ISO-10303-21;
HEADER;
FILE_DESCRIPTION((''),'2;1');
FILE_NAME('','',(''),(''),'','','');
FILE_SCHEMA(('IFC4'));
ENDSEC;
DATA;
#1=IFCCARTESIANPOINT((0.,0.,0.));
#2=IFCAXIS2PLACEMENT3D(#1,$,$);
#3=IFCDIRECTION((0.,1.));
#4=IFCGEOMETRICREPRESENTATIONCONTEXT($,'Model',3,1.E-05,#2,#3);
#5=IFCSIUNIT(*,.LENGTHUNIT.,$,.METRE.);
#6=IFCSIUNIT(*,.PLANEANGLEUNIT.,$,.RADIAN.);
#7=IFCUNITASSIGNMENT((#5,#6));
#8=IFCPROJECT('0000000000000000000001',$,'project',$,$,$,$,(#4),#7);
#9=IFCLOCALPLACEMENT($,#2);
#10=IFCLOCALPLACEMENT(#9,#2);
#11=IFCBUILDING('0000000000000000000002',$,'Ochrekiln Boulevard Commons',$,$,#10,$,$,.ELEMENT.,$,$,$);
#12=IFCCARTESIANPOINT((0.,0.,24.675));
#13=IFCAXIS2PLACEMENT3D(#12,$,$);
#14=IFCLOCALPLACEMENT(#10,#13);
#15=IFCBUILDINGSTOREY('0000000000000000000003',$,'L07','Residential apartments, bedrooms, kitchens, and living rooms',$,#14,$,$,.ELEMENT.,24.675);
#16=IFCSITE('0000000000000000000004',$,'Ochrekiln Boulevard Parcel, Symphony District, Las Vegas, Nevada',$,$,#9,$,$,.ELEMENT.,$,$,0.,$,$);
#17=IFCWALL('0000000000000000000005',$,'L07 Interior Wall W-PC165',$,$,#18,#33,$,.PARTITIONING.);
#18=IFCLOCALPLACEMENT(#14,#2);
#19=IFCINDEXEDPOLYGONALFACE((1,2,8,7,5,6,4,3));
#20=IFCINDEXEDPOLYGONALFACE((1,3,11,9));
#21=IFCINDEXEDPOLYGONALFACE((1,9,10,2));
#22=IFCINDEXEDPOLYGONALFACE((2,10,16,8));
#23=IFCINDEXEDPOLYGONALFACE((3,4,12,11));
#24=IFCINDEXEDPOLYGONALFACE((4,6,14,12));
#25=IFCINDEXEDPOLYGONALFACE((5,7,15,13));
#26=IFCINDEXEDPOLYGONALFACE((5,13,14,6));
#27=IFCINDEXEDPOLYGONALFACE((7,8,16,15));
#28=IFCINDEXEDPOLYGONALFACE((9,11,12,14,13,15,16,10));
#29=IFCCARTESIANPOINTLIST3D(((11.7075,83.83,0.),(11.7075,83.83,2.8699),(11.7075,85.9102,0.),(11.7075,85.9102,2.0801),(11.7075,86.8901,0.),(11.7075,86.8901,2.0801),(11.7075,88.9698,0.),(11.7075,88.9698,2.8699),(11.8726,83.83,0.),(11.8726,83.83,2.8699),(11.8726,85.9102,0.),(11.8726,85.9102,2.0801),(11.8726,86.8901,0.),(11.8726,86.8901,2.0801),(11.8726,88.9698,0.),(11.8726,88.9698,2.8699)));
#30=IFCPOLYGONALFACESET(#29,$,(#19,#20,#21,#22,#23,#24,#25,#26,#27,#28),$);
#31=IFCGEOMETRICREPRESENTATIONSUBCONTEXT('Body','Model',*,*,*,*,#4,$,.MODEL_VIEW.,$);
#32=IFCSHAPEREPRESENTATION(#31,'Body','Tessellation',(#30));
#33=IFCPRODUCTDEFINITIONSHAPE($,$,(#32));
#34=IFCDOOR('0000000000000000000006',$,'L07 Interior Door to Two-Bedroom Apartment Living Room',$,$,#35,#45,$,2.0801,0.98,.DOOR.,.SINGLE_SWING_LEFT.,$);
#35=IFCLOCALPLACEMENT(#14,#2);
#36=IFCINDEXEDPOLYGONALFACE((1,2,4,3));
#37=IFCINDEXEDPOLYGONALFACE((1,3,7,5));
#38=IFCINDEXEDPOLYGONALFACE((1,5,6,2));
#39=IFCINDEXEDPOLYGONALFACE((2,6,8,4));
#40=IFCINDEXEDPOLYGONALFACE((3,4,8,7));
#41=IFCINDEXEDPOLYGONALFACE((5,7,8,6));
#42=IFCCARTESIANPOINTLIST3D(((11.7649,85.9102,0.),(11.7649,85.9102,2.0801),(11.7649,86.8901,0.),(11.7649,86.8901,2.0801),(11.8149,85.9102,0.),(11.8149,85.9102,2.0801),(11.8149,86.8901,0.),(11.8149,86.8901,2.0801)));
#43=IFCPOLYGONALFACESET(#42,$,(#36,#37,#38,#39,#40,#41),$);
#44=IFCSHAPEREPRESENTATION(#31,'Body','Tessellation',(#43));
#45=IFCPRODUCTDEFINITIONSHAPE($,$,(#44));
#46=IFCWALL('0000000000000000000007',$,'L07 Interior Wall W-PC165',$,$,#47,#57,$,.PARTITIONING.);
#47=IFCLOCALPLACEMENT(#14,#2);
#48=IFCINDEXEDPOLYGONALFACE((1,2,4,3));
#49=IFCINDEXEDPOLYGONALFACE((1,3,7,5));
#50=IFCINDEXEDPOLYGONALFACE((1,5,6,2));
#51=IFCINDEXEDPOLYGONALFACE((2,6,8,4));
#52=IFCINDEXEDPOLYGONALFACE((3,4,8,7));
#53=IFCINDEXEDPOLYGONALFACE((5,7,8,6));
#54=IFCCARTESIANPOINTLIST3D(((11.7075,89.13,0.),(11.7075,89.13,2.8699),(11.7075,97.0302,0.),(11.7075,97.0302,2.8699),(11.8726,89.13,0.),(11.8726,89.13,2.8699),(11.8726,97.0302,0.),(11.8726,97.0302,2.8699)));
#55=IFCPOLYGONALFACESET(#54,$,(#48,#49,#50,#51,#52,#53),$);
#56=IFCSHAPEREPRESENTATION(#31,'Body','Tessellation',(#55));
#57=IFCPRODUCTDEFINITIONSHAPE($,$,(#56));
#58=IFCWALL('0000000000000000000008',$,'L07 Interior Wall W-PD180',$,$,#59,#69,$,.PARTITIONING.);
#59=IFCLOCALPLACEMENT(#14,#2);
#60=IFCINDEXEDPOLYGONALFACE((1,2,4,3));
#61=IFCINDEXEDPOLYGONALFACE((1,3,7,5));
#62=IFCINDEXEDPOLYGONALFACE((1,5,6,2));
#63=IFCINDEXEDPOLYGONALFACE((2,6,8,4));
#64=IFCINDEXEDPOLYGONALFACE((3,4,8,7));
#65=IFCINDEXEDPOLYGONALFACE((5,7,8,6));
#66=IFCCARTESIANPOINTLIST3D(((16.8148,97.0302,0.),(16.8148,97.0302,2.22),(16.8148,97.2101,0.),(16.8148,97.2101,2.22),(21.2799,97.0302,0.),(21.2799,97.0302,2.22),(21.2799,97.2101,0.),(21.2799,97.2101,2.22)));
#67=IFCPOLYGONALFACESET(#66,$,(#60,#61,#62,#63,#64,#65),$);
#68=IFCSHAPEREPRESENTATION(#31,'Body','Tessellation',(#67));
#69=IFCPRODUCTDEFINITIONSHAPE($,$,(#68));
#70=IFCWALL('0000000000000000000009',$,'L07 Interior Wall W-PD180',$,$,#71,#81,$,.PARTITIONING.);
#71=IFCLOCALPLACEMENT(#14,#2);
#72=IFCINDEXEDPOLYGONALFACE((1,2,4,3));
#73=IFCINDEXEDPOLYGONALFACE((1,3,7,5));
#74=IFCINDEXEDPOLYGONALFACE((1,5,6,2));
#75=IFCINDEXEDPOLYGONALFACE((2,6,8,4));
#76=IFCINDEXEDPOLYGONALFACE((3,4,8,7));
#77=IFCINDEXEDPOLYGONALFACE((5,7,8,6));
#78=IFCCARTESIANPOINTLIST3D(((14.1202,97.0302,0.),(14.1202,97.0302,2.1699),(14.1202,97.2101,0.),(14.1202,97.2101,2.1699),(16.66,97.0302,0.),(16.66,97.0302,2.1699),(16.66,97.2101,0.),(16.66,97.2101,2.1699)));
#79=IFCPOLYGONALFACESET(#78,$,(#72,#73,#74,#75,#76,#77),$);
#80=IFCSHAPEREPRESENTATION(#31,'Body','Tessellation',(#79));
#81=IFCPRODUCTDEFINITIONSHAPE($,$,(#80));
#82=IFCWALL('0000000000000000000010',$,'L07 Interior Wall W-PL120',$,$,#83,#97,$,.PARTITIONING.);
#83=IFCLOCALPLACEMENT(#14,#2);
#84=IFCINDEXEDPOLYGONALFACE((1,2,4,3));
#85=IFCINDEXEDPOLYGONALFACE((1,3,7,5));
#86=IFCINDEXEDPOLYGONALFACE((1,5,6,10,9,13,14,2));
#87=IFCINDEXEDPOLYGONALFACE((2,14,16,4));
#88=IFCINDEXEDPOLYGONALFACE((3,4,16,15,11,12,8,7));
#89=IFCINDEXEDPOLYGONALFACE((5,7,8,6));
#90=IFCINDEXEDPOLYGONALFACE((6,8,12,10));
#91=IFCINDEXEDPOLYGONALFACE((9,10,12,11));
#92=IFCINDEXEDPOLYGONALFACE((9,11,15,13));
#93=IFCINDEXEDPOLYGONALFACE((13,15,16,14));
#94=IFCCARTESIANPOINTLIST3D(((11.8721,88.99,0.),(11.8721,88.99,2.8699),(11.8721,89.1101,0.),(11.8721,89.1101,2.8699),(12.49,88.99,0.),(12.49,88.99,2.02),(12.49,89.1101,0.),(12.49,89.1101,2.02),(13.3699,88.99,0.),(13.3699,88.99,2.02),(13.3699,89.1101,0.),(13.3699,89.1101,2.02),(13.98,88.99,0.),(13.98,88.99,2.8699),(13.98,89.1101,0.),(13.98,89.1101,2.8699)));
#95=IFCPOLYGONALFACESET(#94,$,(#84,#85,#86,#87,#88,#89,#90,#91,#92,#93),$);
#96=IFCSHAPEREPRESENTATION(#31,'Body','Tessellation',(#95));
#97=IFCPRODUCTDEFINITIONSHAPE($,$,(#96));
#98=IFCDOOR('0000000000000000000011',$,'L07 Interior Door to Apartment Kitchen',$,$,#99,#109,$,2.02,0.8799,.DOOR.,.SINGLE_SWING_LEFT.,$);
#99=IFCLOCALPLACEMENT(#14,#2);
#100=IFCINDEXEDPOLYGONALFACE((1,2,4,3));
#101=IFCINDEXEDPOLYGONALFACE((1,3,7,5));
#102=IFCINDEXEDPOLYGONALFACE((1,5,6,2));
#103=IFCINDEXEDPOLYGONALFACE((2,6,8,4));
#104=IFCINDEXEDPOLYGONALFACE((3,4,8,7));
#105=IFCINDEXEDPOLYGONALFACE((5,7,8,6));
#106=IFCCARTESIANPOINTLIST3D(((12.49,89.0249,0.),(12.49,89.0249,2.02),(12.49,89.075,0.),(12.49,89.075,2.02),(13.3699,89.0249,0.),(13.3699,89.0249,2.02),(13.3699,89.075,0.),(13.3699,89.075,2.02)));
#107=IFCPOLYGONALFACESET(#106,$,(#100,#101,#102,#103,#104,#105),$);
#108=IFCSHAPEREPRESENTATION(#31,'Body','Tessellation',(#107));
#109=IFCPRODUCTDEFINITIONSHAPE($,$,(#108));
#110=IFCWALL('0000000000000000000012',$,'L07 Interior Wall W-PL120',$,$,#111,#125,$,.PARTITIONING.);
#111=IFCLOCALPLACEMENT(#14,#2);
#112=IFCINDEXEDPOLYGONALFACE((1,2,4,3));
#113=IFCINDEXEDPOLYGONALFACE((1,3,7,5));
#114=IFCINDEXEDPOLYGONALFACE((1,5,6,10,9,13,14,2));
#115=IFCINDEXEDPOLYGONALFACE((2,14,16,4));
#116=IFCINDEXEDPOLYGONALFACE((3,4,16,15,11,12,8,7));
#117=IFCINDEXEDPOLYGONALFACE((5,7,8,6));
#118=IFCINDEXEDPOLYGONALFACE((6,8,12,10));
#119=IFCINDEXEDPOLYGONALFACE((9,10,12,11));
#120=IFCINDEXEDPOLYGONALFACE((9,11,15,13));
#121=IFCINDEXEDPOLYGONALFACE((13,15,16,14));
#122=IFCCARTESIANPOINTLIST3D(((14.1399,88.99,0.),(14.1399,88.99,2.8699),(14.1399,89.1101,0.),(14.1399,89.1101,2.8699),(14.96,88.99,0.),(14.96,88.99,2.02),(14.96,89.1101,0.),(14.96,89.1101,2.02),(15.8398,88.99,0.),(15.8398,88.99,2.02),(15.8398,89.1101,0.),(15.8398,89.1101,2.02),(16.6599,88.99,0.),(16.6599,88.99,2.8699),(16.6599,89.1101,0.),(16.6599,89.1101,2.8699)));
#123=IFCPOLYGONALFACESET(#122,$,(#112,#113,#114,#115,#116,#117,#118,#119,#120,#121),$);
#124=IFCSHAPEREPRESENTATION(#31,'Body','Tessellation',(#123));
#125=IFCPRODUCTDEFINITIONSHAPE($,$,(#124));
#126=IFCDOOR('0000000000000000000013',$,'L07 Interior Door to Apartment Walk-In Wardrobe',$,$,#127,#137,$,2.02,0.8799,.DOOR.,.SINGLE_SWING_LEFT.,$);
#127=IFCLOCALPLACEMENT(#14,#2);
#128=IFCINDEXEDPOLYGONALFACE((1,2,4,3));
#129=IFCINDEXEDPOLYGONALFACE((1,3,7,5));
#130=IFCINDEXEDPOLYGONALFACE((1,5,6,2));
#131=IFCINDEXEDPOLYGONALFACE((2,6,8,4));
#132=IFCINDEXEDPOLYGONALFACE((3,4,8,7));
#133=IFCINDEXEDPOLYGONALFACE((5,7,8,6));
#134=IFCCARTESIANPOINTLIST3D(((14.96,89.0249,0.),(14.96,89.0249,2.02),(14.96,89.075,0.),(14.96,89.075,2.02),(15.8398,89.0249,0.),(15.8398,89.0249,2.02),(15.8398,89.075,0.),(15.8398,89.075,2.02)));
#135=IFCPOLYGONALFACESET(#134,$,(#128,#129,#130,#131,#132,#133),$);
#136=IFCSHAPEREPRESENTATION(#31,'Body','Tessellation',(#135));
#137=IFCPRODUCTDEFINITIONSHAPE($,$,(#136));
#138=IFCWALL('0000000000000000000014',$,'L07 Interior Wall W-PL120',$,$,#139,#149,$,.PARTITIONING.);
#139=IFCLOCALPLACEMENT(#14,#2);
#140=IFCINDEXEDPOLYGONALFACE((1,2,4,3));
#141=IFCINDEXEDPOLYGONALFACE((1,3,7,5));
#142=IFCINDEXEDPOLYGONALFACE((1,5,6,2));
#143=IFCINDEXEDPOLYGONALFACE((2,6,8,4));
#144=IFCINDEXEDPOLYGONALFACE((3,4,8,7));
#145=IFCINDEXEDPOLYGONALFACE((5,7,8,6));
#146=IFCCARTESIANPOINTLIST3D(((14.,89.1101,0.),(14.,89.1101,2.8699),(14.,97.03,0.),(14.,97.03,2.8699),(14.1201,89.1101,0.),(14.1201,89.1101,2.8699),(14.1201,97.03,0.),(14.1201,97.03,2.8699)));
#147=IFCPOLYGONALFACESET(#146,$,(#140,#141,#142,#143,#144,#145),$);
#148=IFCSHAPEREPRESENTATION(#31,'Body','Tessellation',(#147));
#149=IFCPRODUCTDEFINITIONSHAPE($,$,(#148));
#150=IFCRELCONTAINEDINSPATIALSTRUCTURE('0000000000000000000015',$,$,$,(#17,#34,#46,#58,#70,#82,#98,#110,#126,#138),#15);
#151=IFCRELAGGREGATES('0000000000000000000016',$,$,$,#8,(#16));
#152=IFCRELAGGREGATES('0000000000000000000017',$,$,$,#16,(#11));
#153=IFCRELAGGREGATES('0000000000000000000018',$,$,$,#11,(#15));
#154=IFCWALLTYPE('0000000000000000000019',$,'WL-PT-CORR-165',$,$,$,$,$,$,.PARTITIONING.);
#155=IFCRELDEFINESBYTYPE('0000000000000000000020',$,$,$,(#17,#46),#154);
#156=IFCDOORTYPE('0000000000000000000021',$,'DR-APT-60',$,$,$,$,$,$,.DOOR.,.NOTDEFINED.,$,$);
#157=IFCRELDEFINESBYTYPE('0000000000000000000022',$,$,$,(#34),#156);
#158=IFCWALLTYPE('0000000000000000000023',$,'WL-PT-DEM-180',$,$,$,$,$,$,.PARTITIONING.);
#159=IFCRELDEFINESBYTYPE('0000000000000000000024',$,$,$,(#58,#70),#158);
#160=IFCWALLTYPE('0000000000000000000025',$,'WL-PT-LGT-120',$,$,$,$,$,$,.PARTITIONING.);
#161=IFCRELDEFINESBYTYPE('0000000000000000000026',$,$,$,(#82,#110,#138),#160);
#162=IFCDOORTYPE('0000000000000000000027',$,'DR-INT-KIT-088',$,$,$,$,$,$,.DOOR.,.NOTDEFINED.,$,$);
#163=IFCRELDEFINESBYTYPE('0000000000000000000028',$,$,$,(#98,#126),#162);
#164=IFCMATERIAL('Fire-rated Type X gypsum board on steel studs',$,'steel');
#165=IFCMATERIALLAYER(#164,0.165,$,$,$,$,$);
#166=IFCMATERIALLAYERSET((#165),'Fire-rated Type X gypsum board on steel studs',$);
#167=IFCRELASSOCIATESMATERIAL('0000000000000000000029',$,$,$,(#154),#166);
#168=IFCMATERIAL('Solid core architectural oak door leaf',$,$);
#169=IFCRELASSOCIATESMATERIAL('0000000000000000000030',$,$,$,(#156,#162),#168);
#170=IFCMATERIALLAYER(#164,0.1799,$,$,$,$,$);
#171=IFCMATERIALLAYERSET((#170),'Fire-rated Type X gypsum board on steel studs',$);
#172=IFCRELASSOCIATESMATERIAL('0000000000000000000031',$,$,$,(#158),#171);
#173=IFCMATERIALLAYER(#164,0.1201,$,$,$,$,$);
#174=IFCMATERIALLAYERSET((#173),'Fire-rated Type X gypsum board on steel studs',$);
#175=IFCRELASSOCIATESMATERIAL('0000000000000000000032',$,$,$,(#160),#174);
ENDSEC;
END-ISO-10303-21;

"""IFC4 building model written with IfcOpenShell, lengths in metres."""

from ifc_helpers import new_model, si_unit, direction, frame, frame_2d, origin, place, context, subcontext, project, spatial, rectangle, extrude, material, layer, layer_set, type_object, element, fill, save


model = new_model("IFC4")

# Units and contexts
model_context = context("Model", 3, precision=1e-05, world=origin(), true_north=direction((0.0, 1.0)))
body_context = subcontext(model_context, "Body", "Model", "MODEL_VIEW")
ifc_project = project(units=[si_unit("LENGTHUNIT", "METRE"), si_unit("PLANEANGLEUNIT", "RADIAN")], contexts=[model_context])

# Site, building, storey
site_placement = place(None, origin())
site = spatial("IfcSite", under=ifc_project, at=site_placement, Name="Ochrekiln Boulevard Parcel, Symphony District, Las Vegas, Nevada", CompositionType="ELEMENT", RefElevation=0.0)
building_placement = place(site_placement, origin())
building = spatial("IfcBuilding", under=site, at=building_placement, Name="Ochrekiln Boulevard Commons", CompositionType="ELEMENT")
storey_placement = place(building_placement, frame((0.0, 0.0, 24.675)))
storey = spatial("IfcBuildingStorey", under=building, at=storey_placement, Name="L07", Description="Residential apartments, bedrooms, kitchens, and living rooms", CompositionType="ELEMENT", Elevation=24.675)

# Shared definitions
ifc_material_1 = material(Name="Fire-rated Type X gypsum board on steel studs", Category="steel")
ifc_layer_1 = layer(ifc_material_1, 0.165)
ifc_layer_set_1 = layer_set([ifc_layer_1], Name="Fire-rated Type X gypsum board on steel studs")
wall_type_1 = type_object("IfcWallType", Name="WL-PT-CORR-165", PredefinedType="PARTITIONING", material=ifc_layer_set_1)

# Wall, opening, door
wall_1_placement = place(storey_placement, frame((11.79, 83.8301, 0.0), z_axis=(0.0, 0.0, 1.0), x_axis=(0.0, 1.0, 0.0)))
wall_1 = element("IfcWall", 1, at=wall_1_placement, inside=storey, type_object=wall_type_1, Name="L07 Interior Wall W-PC165", PredefinedType="PARTITIONING", context=body_context, shape_type="SweptSolid", body=[
    extrude(rectangle(XDim=5.1399, YDim=0.165, at=frame_2d((2.5698, 0.0))), origin(), (0.0, 0.0, 1.0), 2.8699),
])
opening_1_placement = place(wall_1_placement, frame((2.0801, 0.0, 0.0)))
opening_1 = element("IfcOpeningElement", 2, at=opening_1_placement, cuts=wall_1, PredefinedType="OPENING", context=body_context, shape_type="SweptSolid", body=[
    extrude(rectangle(XDim=0.98, YDim=2.0801, at=frame_2d((0.49, 1.04))), frame((0.0, 0.0925, 0.0), z_axis=(0.0, -1.0, 0.0), x_axis=(1.0, 0.0, 0.0)), (0.0, 0.0, 1.0), 0.1851),
])
ifc_material_2 = material(Name="Solid core architectural oak door leaf")
door_type_1 = type_object("IfcDoorType", Name="DR-APT-60", OperationType="NOTDEFINED", PredefinedType="DOOR", material=ifc_material_2)
door_1_placement = place(opening_1_placement, frame((0.98, 0.0, 0.0), z_axis=(0.0, 0.0, 1.0), x_axis=(-1.0, 0.0, 0.0)))
door_1 = element("IfcDoor", 3, at=door_1_placement, inside=storey, type_object=door_type_1, Name="L07 Interior Door to Two-Bedroom Apartment Living Room", OperationType="SINGLE_SWING_LEFT", OverallHeight=2.0801, OverallWidth=0.98, PredefinedType="DOOR", context=body_context, shape_type="SweptSolid", body=[
    extrude(rectangle(XDim=0.98, YDim=2.0801, at=frame_2d((0.49, 1.04))), frame((0.0, 0.0249, 0.0), z_axis=(0.0, -1.0, 0.0), x_axis=(1.0, 0.0, 0.0)), (0.0, 0.0, 1.0), 0.05),
])
fill(opening_1, door_1)

# Walls
wall_2_placement = place(storey_placement, frame((11.79, 89.1299, 0.0), z_axis=(0.0, 0.0, 1.0), x_axis=(0.0, 1.0, 0.0)))
element("IfcWall", 4, at=wall_2_placement, inside=storey, type_object=wall_type_1, Name="L07 Interior Wall W-PC165", PredefinedType="PARTITIONING", context=body_context, shape_type="SweptSolid", body=[
    extrude(rectangle(XDim=7.9001, YDim=0.165, at=frame_2d((3.9502, 0.0))), origin(), (0.0, 0.0, 1.0), 2.8699),
])
ifc_layer_2 = layer(ifc_material_1, 0.1799)
ifc_layer_set_2 = layer_set([ifc_layer_2], Name="Fire-rated Type X gypsum board on steel studs")
wall_type_2 = type_object("IfcWallType", Name="WL-PT-DEM-180", PredefinedType="PARTITIONING", material=ifc_layer_set_2)
wall_3_placement = place(storey_placement, frame((16.8149, 97.1201, 0.0), z_axis=(0.0, 0.0, 1.0), x_axis=(1.0, 0.0, 0.0)))
element("IfcWall", 5, at=wall_3_placement, inside=storey, type_object=wall_type_2, Name="L07 Interior Wall W-PD180", PredefinedType="PARTITIONING", context=body_context, shape_type="SweptSolid", body=[
    extrude(rectangle(XDim=4.4651, YDim=0.1799, at=frame_2d((2.2324, 0.0))), origin(), (0.0, 0.0, 1.0), 2.22),
])
wall_4_placement = place(storey_placement, frame((14.1201, 97.1201, 0.0), z_axis=(0.0, 0.0, 1.0), x_axis=(1.0, 0.0, 0.0)))
element("IfcWall", 6, at=wall_4_placement, inside=storey, type_object=wall_type_2, Name="L07 Interior Wall W-PD180", PredefinedType="PARTITIONING", context=body_context, shape_type="SweptSolid", body=[
    extrude(rectangle(XDim=2.5398, YDim=0.1799, at=frame_2d((1.27, 0.0))), origin(), (0.0, 0.0, 1.0), 2.1699),
])

# Walls, openings, doors
ifc_layer_3 = layer(ifc_material_1, 0.1201)
ifc_layer_set_3 = layer_set([ifc_layer_3], Name="Fire-rated Type X gypsum board on steel studs")
wall_type_3 = type_object("IfcWallType", Name="WL-PT-LGT-120", PredefinedType="PARTITIONING", material=ifc_layer_set_3)
wall_5_placement = place(storey_placement, frame((11.8721, 89.05, 0.0), z_axis=(0.0, 0.0, 1.0), x_axis=(1.0, 0.0, 0.0)))
wall_5 = element("IfcWall", 7, at=wall_5_placement, inside=storey, type_object=wall_type_3, Name="L07 Interior Wall W-PL120", PredefinedType="PARTITIONING", context=body_context, shape_type="SweptSolid", body=[
    extrude(rectangle(XDim=2.1079, YDim=0.1201, at=frame_2d((1.054, 0.0))), origin(), (0.0, 0.0, 1.0), 2.8699),
])
opening_2_placement = place(wall_5_placement, frame((0.6179, 0.0, 0.0)))
opening_2 = element("IfcOpeningElement", 8, at=opening_2_placement, cuts=wall_5, PredefinedType="OPENING", context=body_context, shape_type="SweptSolid", body=[
    extrude(rectangle(XDim=0.8799, YDim=2.02, at=frame_2d((0.4399, 1.01))), frame((0.0, 0.0701, 0.0), z_axis=(0.0, -1.0, 0.0), x_axis=(1.0, 0.0, 0.0)), (0.0, 0.0, 1.0), 0.1401),
])
door_type_2 = type_object("IfcDoorType", Name="DR-INT-KIT-088", OperationType="NOTDEFINED", PredefinedType="DOOR", material=ifc_material_2)
door_2_placement = place(opening_2_placement, origin())
door_2 = element("IfcDoor", 9, at=door_2_placement, inside=storey, type_object=door_type_2, Name="L07 Interior Door to Apartment Kitchen", OperationType="SINGLE_SWING_LEFT", OverallHeight=2.02, OverallWidth=0.8799, PredefinedType="DOOR", context=body_context, shape_type="SweptSolid", body=[
    extrude(rectangle(XDim=0.8799, YDim=2.02, at=frame_2d((0.4399, 1.01))), frame((0.0, 0.0249, 0.0), z_axis=(0.0, -1.0, 0.0), x_axis=(1.0, 0.0, 0.0)), (0.0, 0.0, 1.0), 0.05),
])
fill(opening_2, door_2)
wall_6_placement = place(storey_placement, frame((14.1399, 89.05, 0.0), z_axis=(0.0, 0.0, 1.0), x_axis=(1.0, 0.0, 0.0)))
wall_6 = element("IfcWall", 10, at=wall_6_placement, inside=storey, type_object=wall_type_3, Name="L07 Interior Wall W-PL120", PredefinedType="PARTITIONING", context=body_context, shape_type="SweptSolid", body=[
    extrude(rectangle(XDim=2.52, YDim=0.1201, at=frame_2d((1.26, 0.0))), origin(), (0.0, 0.0, 1.0), 2.8699),
])
opening_3_placement = place(wall_6_placement, frame((0.8201, 0.0, 0.0)))
opening_3 = element("IfcOpeningElement", 11, at=opening_3_placement, cuts=wall_6, PredefinedType="OPENING", context=body_context, shape_type="SweptSolid", body=[
    extrude(rectangle(XDim=0.8799, YDim=2.02, at=frame_2d((0.4399, 1.01))), frame((0.0, 0.0701, 0.0), z_axis=(0.0, -1.0, 0.0), x_axis=(1.0, 0.0, 0.0)), (0.0, 0.0, 1.0), 0.1401),
])
door_3_placement = place(opening_3_placement, origin())
door_3 = element("IfcDoor", 12, at=door_3_placement, inside=storey, type_object=door_type_2, Name="L07 Interior Door to Apartment Walk-In Wardrobe", OperationType="SINGLE_SWING_LEFT", OverallHeight=2.02, OverallWidth=0.8799, PredefinedType="DOOR", context=body_context, shape_type="SweptSolid", body=[
    extrude(rectangle(XDim=0.8799, YDim=2.02, at=frame_2d((0.4399, 1.01))), frame((0.0, 0.0249, 0.0), z_axis=(0.0, -1.0, 0.0), x_axis=(1.0, 0.0, 0.0)), (0.0, 0.0, 1.0), 0.05),
])
fill(opening_3, door_3)

# Wall
wall_7_placement = place(storey_placement, frame((14.0601, 89.1101, 0.0), z_axis=(0.0, 0.0, 1.0), x_axis=(0.0, 1.0, 0.0)))
element("IfcWall", 13, at=wall_7_placement, inside=storey, type_object=wall_type_3, Name="L07 Interior Wall W-PL120", PredefinedType="PARTITIONING", context=body_context, shape_type="SweptSolid", body=[
    extrude(rectangle(XDim=7.9199, YDim=0.1201, at=frame_2d((3.96, 0.0))), origin(), (0.0, 0.0, 1.0), 2.8699),
])

save(model, "model.ifc")
